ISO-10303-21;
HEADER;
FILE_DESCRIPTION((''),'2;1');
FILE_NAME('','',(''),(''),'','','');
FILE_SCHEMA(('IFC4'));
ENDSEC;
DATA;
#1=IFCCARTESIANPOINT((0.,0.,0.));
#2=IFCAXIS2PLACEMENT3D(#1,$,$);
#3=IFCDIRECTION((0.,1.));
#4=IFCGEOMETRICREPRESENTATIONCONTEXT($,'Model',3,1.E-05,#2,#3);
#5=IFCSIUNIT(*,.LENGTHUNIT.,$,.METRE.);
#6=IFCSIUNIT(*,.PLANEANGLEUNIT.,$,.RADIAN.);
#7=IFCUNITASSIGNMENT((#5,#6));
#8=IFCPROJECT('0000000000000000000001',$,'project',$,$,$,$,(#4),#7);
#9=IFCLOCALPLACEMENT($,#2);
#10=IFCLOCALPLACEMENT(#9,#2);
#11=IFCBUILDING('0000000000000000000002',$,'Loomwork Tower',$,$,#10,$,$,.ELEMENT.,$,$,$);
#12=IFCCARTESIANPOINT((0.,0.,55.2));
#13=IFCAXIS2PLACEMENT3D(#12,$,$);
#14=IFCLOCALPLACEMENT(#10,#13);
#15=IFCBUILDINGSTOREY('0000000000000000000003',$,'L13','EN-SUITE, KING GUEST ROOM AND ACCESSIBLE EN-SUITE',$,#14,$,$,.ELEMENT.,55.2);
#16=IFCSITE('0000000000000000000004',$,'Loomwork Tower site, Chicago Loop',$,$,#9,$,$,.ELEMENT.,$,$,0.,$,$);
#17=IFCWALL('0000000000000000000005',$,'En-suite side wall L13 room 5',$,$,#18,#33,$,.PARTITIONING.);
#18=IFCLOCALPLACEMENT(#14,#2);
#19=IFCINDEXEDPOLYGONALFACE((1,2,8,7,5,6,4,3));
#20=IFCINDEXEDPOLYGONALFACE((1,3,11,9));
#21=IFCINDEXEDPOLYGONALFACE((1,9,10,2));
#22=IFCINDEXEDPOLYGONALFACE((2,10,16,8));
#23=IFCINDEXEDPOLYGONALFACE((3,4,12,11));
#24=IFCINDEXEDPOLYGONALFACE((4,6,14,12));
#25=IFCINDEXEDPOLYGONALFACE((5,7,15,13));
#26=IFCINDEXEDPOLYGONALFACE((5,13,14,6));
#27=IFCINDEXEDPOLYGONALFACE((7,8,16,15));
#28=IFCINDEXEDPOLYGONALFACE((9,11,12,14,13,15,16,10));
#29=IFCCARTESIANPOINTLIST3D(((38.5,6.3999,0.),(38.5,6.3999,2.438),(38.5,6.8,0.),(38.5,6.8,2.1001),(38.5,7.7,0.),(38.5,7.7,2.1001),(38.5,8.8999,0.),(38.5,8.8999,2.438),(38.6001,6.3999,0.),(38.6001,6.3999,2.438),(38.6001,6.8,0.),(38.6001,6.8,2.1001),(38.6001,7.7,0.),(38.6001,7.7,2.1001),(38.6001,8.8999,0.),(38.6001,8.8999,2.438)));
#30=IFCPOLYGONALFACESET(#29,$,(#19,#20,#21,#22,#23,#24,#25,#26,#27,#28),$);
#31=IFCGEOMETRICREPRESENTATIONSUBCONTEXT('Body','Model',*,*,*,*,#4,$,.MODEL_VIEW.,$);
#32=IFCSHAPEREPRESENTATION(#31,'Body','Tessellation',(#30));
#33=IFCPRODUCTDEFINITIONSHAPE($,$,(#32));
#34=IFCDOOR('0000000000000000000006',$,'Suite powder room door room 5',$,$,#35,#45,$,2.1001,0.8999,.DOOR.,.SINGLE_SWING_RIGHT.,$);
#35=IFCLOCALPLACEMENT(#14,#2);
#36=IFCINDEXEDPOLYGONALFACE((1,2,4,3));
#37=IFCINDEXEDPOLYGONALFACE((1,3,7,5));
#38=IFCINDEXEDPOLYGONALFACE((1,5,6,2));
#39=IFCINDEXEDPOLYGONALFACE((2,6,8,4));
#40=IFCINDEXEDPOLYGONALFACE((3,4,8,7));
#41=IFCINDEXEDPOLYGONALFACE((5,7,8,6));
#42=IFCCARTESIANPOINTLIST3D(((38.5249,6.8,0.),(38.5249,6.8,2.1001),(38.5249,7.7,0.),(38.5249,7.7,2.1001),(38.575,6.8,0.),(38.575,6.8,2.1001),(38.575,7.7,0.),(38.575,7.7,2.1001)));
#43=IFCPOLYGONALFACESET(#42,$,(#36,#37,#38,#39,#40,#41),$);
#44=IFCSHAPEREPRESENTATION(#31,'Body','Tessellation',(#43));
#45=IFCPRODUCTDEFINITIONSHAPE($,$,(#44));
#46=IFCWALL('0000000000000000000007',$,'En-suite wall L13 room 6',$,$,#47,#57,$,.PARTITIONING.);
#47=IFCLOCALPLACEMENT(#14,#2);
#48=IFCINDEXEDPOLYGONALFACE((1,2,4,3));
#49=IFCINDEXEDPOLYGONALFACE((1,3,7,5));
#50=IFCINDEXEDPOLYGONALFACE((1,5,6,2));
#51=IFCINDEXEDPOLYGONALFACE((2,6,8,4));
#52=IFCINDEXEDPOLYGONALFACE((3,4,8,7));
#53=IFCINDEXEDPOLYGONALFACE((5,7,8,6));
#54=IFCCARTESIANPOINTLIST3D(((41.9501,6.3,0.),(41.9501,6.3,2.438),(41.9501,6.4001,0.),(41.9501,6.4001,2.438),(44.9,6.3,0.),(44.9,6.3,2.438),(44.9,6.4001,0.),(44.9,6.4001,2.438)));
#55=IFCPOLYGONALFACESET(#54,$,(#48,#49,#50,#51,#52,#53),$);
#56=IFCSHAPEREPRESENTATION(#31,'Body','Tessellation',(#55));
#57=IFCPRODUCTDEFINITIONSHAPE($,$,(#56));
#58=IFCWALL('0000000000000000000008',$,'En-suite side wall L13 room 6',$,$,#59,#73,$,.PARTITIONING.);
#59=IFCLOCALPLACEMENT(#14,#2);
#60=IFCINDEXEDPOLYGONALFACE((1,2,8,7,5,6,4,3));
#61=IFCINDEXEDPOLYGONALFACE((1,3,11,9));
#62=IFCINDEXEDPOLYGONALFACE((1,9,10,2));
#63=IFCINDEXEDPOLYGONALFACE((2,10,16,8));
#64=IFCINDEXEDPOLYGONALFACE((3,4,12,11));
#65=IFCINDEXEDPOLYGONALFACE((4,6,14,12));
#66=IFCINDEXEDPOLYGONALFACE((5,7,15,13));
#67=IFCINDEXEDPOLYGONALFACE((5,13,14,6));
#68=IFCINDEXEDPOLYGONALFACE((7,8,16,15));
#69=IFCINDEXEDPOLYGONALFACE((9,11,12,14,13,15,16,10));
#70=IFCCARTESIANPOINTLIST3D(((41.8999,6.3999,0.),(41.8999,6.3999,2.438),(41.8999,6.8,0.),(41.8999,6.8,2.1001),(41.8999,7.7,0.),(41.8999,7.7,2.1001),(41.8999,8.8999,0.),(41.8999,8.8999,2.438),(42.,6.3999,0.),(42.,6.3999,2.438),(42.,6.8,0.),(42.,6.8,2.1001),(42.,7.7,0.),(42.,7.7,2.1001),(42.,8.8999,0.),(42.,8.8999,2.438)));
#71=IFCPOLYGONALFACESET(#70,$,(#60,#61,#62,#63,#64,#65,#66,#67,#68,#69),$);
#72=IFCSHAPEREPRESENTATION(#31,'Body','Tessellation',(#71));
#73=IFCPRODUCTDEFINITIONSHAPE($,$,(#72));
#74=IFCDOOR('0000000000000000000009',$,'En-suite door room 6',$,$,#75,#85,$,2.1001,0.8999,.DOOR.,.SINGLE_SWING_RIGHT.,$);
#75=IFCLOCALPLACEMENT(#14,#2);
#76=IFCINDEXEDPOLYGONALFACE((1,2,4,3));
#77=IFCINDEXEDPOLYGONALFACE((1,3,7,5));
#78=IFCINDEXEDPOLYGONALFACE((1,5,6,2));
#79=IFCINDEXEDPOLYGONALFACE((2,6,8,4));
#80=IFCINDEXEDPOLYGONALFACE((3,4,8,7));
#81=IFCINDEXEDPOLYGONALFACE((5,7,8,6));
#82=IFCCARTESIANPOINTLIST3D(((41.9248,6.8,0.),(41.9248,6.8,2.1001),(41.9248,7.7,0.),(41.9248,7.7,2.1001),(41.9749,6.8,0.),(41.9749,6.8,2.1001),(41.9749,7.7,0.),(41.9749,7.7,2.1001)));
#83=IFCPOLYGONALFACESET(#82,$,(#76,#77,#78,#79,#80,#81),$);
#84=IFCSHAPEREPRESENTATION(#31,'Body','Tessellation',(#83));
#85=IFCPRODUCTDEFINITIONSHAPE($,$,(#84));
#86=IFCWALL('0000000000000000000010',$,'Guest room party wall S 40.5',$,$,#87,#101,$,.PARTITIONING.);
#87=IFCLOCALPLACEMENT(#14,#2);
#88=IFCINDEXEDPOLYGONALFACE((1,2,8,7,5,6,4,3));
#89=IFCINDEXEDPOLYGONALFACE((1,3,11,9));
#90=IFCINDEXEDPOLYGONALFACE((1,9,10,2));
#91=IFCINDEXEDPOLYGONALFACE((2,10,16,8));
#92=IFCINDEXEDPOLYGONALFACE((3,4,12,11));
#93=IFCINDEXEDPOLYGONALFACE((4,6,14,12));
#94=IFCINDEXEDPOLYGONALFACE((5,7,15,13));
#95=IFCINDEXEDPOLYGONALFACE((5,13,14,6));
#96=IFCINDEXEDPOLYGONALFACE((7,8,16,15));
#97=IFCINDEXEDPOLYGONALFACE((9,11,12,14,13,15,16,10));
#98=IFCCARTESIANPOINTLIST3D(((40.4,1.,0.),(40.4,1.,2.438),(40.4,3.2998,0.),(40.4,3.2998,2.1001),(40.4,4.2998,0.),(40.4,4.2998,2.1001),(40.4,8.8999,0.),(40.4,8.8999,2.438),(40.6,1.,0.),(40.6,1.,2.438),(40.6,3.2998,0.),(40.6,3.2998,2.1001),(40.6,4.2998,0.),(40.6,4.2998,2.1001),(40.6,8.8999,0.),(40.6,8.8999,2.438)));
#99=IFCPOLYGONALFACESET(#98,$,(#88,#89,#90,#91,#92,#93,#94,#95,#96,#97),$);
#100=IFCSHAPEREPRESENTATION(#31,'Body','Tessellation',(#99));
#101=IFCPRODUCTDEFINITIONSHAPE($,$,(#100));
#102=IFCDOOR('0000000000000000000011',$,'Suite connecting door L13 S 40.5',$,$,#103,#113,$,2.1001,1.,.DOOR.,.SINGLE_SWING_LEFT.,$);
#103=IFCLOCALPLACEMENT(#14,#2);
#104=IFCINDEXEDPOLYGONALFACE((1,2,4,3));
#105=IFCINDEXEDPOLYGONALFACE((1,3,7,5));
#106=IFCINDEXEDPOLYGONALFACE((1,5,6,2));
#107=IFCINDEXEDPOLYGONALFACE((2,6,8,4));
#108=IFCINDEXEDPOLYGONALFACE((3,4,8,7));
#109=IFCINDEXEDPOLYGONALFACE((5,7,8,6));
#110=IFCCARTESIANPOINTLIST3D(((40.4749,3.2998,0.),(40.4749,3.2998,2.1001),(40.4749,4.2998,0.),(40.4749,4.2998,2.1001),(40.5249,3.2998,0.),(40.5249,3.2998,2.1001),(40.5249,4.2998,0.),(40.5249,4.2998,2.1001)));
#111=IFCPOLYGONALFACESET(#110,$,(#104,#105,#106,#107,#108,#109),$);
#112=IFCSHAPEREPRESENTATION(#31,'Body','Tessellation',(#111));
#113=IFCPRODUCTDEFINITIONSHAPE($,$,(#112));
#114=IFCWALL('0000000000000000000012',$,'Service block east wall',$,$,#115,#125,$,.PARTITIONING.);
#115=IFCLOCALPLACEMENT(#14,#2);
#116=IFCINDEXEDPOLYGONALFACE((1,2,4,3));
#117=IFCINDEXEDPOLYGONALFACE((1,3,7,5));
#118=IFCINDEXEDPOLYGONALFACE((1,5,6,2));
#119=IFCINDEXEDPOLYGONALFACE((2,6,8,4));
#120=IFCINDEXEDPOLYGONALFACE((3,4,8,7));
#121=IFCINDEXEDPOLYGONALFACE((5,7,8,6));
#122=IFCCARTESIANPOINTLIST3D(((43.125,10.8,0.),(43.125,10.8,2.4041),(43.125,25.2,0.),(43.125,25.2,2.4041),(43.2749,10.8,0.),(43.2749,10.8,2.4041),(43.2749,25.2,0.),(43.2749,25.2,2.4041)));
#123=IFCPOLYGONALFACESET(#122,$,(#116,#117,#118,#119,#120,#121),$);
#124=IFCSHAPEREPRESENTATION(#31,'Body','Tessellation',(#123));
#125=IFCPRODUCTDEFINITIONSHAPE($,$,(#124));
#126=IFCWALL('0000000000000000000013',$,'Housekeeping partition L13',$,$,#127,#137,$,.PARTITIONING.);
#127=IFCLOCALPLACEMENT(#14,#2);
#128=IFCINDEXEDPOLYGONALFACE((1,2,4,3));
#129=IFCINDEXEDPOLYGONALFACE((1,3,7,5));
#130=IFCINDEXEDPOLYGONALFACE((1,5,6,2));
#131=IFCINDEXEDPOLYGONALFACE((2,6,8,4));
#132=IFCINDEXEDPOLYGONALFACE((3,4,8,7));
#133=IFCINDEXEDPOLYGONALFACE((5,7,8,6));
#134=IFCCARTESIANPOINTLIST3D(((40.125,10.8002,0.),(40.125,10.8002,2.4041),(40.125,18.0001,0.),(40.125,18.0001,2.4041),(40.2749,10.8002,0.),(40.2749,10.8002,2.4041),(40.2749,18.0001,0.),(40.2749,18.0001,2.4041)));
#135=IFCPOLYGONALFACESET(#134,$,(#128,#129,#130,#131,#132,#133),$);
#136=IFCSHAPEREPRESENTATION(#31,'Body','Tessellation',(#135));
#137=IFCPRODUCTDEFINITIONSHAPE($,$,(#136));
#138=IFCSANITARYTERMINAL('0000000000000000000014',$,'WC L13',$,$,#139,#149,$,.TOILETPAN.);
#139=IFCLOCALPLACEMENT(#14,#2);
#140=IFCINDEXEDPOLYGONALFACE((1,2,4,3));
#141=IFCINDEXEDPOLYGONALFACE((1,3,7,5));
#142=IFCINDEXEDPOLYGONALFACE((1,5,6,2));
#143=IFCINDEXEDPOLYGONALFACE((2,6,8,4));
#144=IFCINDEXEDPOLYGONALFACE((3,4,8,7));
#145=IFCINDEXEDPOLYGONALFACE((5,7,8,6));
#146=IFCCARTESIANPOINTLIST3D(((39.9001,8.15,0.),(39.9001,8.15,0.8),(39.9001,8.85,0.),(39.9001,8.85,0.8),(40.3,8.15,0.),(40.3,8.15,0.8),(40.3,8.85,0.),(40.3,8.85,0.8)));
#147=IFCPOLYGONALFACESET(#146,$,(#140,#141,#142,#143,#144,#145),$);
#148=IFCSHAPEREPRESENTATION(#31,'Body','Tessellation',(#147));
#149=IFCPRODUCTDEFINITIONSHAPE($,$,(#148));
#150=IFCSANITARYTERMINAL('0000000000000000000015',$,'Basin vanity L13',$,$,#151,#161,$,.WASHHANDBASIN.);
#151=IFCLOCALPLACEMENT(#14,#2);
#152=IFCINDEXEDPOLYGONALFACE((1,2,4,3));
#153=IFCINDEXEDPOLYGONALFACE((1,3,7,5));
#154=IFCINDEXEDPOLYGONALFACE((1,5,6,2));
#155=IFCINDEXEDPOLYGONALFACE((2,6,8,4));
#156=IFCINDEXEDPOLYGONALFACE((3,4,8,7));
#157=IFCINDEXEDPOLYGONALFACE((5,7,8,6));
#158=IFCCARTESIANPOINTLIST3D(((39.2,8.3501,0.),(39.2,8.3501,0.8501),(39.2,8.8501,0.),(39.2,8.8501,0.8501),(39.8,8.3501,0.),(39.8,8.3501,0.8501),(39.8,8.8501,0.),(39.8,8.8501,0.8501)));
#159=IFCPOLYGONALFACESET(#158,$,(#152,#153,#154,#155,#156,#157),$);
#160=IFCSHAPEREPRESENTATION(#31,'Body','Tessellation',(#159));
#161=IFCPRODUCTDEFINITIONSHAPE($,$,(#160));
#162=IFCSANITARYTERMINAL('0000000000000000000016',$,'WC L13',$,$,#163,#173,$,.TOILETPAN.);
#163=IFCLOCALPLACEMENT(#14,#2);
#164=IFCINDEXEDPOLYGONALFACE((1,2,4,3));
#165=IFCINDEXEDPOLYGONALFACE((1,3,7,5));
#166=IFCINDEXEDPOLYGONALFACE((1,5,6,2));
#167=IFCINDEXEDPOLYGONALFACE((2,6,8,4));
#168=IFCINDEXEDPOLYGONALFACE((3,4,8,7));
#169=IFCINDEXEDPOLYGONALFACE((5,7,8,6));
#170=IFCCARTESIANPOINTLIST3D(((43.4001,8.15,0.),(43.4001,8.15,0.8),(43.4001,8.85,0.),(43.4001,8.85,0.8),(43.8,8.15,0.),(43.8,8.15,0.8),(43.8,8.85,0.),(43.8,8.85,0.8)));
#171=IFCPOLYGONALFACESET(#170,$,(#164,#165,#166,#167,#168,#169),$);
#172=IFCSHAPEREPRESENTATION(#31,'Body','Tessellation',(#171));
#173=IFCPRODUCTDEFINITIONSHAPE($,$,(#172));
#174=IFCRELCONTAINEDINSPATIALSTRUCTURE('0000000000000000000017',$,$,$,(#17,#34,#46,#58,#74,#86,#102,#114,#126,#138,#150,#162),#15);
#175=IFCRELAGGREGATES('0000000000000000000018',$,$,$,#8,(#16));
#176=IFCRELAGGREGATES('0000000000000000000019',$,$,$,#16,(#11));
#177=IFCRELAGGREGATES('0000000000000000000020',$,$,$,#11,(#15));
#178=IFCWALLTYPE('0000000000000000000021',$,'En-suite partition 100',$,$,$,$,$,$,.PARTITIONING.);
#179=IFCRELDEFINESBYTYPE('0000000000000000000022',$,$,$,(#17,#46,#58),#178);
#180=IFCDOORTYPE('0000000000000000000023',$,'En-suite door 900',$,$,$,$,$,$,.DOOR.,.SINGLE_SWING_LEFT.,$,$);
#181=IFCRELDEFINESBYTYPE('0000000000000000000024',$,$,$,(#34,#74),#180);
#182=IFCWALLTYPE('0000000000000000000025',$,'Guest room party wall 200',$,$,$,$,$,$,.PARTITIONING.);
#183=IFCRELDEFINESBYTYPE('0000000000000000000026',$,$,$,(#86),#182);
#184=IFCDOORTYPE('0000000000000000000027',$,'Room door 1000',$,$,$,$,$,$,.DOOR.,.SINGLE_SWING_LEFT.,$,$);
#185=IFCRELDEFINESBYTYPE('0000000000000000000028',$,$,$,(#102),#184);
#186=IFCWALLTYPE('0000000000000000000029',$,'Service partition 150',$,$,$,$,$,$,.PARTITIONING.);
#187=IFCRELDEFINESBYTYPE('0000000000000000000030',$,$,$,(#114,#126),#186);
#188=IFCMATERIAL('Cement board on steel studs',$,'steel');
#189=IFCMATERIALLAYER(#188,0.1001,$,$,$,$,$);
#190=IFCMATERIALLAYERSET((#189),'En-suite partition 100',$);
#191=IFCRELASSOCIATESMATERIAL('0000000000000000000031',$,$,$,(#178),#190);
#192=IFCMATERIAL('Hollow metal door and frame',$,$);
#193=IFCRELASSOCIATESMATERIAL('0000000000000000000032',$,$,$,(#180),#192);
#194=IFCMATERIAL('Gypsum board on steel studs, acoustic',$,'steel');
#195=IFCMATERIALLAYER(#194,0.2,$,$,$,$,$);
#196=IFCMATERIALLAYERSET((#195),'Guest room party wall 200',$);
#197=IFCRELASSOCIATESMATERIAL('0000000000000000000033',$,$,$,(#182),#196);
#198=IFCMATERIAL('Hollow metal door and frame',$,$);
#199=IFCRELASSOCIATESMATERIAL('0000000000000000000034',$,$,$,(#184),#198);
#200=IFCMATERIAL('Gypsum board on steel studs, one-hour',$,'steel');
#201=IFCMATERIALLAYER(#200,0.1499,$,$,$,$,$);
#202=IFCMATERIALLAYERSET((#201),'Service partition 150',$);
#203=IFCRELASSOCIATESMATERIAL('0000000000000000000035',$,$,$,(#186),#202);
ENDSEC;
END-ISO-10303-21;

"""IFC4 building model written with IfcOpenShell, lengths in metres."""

from ifc_helpers import new_model, si_unit, direction, frame, frame_2d, origin, origin_2d, place, context, subcontext, project, spatial, rectangle, extrude, material, layer, layer_set, type_object, element, fill, save


model = new_model("IFC4")

# Units and contexts
model_context = context("Model", 3, precision=1e-05, world=origin(), true_north=direction((0.0, 1.0)))
body_context = subcontext(model_context, "Body", "Model", "MODEL_VIEW")
ifc_project = project(units=[si_unit("LENGTHUNIT", "METRE"), si_unit("PLANEANGLEUNIT", "RADIAN")], contexts=[model_context])

# Site, building, storey
site_placement = place(None, origin())
site = spatial("IfcSite", under=ifc_project, at=site_placement, Name="Loomwork Tower site, Chicago Loop", CompositionType="ELEMENT", RefElevation=0.0)
building_placement = place(site_placement, origin())
building = spatial("IfcBuilding", under=site, at=building_placement, Name="Loomwork Tower", CompositionType="ELEMENT")
storey_placement = place(building_placement, frame((0.0, 0.0, 55.2)))
storey = spatial("IfcBuildingStorey", under=building, at=storey_placement, Name="L13", Description="EN-SUITE, KING GUEST ROOM AND ACCESSIBLE EN-SUITE", CompositionType="ELEMENT", Elevation=55.2)

# Shared definitions
ifc_material_1 = material(Name="Cement board on steel studs", Category="steel")
ifc_layer_1 = layer(ifc_material_1, 0.1001)
ifc_layer_set_1 = layer_set([ifc_layer_1], Name="En-suite partition 100")
wall_type_1 = type_object("IfcWallType", Name="En-suite partition 100", PredefinedType="PARTITIONING", material=ifc_layer_set_1)

# Wall, opening, door
wall_1_placement = place(storey_placement, frame((38.55, 8.8999, 0.0), z_axis=(0.0, 0.0, 1.0), x_axis=(0.0, -1.0, 0.0)))
wall_1 = element("IfcWall", 1, at=wall_1_placement, inside=storey, type_object=wall_type_1, Name="En-suite side wall L13 room 5", PredefinedType="PARTITIONING", context=body_context, shape_type="SweptSolid", body=[
    extrude(rectangle(XDim=2.5, YDim=0.1001, at=frame_2d((1.25, 0.0))), origin(), (0.0, 0.0, 1.0), 2.438),
])
opening_1_placement = place(wall_1_placement, frame((1.2, 0.0, 0.0)))
opening_1 = element("IfcOpeningElement", 2, at=opening_1_placement, cuts=wall_1, PredefinedType="OPENING", context=body_context, shape_type="SweptSolid", body=[
    extrude(rectangle(XDim=0.8999, YDim=2.1001, at=frame_2d((0.45, 1.05))), frame((0.0, 0.0601, 0.0), z_axis=(0.0, -1.0, 0.0), x_axis=(1.0, 0.0, 0.0)), (0.0, 0.0, 1.0), 0.1201),
])
ifc_material_2 = material(Name="Hollow metal door and frame")
door_type_1 = type_object("IfcDoorType", Name="En-suite door 900", OperationType="SINGLE_SWING_LEFT", PredefinedType="DOOR", material=ifc_material_2)
door_1_placement = place(opening_1_placement, origin())
door_1 = element("IfcDoor", 3, at=door_1_placement, inside=storey, type_object=door_type_1, Name="Suite powder room door room 5", OperationType="SINGLE_SWING_RIGHT", OverallHeight=2.1001, OverallWidth=0.8999, PredefinedType="DOOR", context=body_context, shape_type="SweptSolid", body=[
    extrude(rectangle(XDim=0.8999, YDim=2.1001, at=frame_2d((0.45, 1.05))), frame((0.0, 0.0249, 0.0), z_axis=(0.0, -1.0, 0.0), x_axis=(1.0, 0.0, 0.0)), (0.0, 0.0, 1.0), 0.05),
])
fill(opening_1, door_1)

# Wall
wall_2_placement = place(storey_placement, frame((41.95, 6.3501, 0.0), z_axis=(0.0, 0.0, 1.0), x_axis=(1.0, 0.0, 0.0)))
element("IfcWall", 4, at=wall_2_placement, inside=storey, type_object=wall_type_1, Name="En-suite wall L13 room 6", PredefinedType="PARTITIONING", context=body_context, shape_type="SweptSolid", body=[
    extrude(rectangle(XDim=2.95, YDim=0.1001, at=frame_2d((1.4751, 0.0))), origin(), (0.0, 0.0, 1.0), 2.438),
])

# Walls, openings, doors
wall_3_placement = place(storey_placement, frame((41.95, 8.8999, 0.0), z_axis=(0.0, 0.0, 1.0), x_axis=(0.0, -1.0, 0.0)))
wall_3 = element("IfcWall", 5, at=wall_3_placement, inside=storey, type_object=wall_type_1, Name="En-suite side wall L13 room 6", PredefinedType="PARTITIONING", context=body_context, shape_type="SweptSolid", body=[
    extrude(rectangle(XDim=2.5, YDim=0.1001, at=frame_2d((1.25, 0.0))), origin(), (0.0, 0.0, 1.0), 2.438),
])
opening_2_placement = place(wall_3_placement, frame((1.2, 0.0, 0.0)))
opening_2 = element("IfcOpeningElement", 6, at=opening_2_placement, cuts=wall_3, PredefinedType="OPENING", context=body_context, shape_type="SweptSolid", body=[
    extrude(rectangle(XDim=0.8999, YDim=2.1001, at=frame_2d((0.45, 1.05))), frame((0.0, 0.0601, 0.0), z_axis=(0.0, -1.0, 0.0), x_axis=(1.0, 0.0, 0.0)), (0.0, 0.0, 1.0), 0.1201),
])
door_2_placement = place(opening_2_placement, origin())
door_2 = element("IfcDoor", 7, at=door_2_placement, inside=storey, type_object=door_type_1, Name="En-suite door room 6", OperationType="SINGLE_SWING_RIGHT", OverallHeight=2.1001, OverallWidth=0.8999, PredefinedType="DOOR", context=body_context, shape_type="SweptSolid", body=[
    extrude(rectangle(XDim=0.8999, YDim=2.1001, at=frame_2d((0.45, 1.05))), frame((0.0, 0.0249, 0.0), z_axis=(0.0, -1.0, 0.0), x_axis=(1.0, 0.0, 0.0)), (0.0, 0.0, 1.0), 0.05),
])
fill(opening_2, door_2)
ifc_material_3 = material(Name="Gypsum board on steel studs, acoustic", Category="steel")
ifc_layer_2 = layer(ifc_material_3, 0.2)
ifc_layer_set_2 = layer_set([ifc_layer_2], Name="Guest room party wall 200")
wall_type_2 = type_object("IfcWallType", Name="Guest room party wall 200", PredefinedType="PARTITIONING", material=ifc_layer_set_2)
wall_4_placement = place(storey_placement, frame((40.5, 8.8999, 0.0), z_axis=(0.0, 0.0, 1.0), x_axis=(0.0, -1.0, 0.0)))
wall_4 = element("IfcWall", 8, at=wall_4_placement, inside=storey, type_object=wall_type_2, Name="Guest room party wall S 40.5", PredefinedType="PARTITIONING", context=body_context, shape_type="SweptSolid", body=[
    extrude(rectangle(XDim=7.8999, YDim=0.2, at=frame_2d((3.95, 0.0))), origin(), (0.0, 0.0, 1.0), 2.438),
])
opening_3_placement = place(wall_4_placement, frame((4.6001, 0.0, 0.0)))
opening_3 = element("IfcOpeningElement", 9, at=opening_3_placement, cuts=wall_4, PredefinedType="OPENING", context=body_context, shape_type="SweptSolid", body=[
    extrude(rectangle(XDim=1.0, YDim=2.1001, at=frame_2d((0.5, 1.05))), frame((0.0, 0.1099, 0.0), z_axis=(0.0, -1.0, 0.0), x_axis=(1.0, 0.0, 0.0)), (0.0, 0.0, 1.0), 0.22),
])
ifc_material_4 = material(Name="Hollow metal door and frame")
door_type_2 = type_object("IfcDoorType", Name="Room door 1000", OperationType="SINGLE_SWING_LEFT", PredefinedType="DOOR", material=ifc_material_4)
door_3_placement = place(opening_3_placement, origin())
door_3 = element("IfcDoor", 10, at=door_3_placement, inside=storey, type_object=door_type_2, Name="Suite connecting door L13 S 40.5", OperationType="SINGLE_SWING_LEFT", OverallHeight=2.1001, OverallWidth=1.0, PredefinedType="DOOR", context=body_context, shape_type="SweptSolid", body=[
    extrude(rectangle(XDim=1.0, YDim=2.1001, at=frame_2d((0.5, 1.05))), frame((0.0, 0.0249, 0.0), z_axis=(0.0, -1.0, 0.0), x_axis=(1.0, 0.0, 0.0)), (0.0, 0.0, 1.0), 0.05),
])
fill(opening_3, door_3)

# Walls
ifc_material_5 = material(Name="Gypsum board on steel studs, one-hour", Category="steel")
ifc_layer_3 = layer(ifc_material_5, 0.1499)
ifc_layer_set_3 = layer_set([ifc_layer_3], Name="Service partition 150")
wall_type_3 = type_object("IfcWallType", Name="Service partition 150", PredefinedType="PARTITIONING", material=ifc_layer_set_3)
wall_5_placement = place(storey_placement, frame((43.2, 10.8, 0.0), z_axis=(0.0, 0.0, 1.0), x_axis=(0.0, 1.0, 0.0)))
element("IfcWall", 11, at=wall_5_placement, inside=storey, type_object=wall_type_3, Name="Service block east wall", PredefinedType="PARTITIONING", context=body_context, shape_type="SweptSolid", body=[
    extrude(rectangle(XDim=14.3999, YDim=0.1499, at=frame_2d((7.2, 0.0))), origin(), (0.0, 0.0, 1.0), 2.4041),
])
wall_6_placement = place(storey_placement, frame((40.2, 10.8, 0.0), z_axis=(0.0, 0.0, 1.0), x_axis=(0.0, 1.0, 0.0)))
element("IfcWall", 12, at=wall_6_placement, inside=storey, type_object=wall_type_3, Name="Housekeeping partition L13", PredefinedType="PARTITIONING", context=body_context, shape_type="SweptSolid", body=[
    extrude(rectangle(XDim=7.2, YDim=0.1499, at=frame_2d((3.6001, 0.0))), origin(), (0.0, 0.0, 1.0), 2.4041),
])

# Sanitary terminals
sanitary_terminal_1_placement = place(storey_placement, frame((40.1001, 8.5, 0.0), z_axis=(0.0, 0.0, 1.0), x_axis=(1.0, 0.0, 0.0)))
element("IfcSanitaryTerminal", 13, at=sanitary_terminal_1_placement, inside=storey, Name="WC L13", PredefinedType="TOILETPAN", context=body_context, shape_type="SweptSolid", body=[
    extrude(rectangle(XDim=0.3999, YDim=0.7, at=origin_2d()), origin(), (0.0, 0.0, 1.0), 0.8),
])
sanitary_terminal_2_placement = place(storey_placement, frame((39.5, 8.6001, 0.0), z_axis=(0.0, 0.0, 1.0), x_axis=(1.0, 0.0, 0.0)))
element("IfcSanitaryTerminal", 14, at=sanitary_terminal_2_placement, inside=storey, Name="Basin vanity L13", PredefinedType="WASHHANDBASIN", context=body_context, shape_type="SweptSolid", body=[
    extrude(rectangle(XDim=0.6001, YDim=0.5, at=origin_2d()), origin(), (0.0, 0.0, 1.0), 0.8501),
])
sanitary_terminal_3_placement = place(storey_placement, frame((43.6001, 8.5, 0.0), z_axis=(0.0, 0.0, 1.0), x_axis=(1.0, 0.0, 0.0)))
element("IfcSanitaryTerminal", 15, at=sanitary_terminal_3_placement, inside=storey, Name="WC L13", PredefinedType="TOILETPAN", context=body_context, shape_type="SweptSolid", body=[
    extrude(rectangle(XDim=0.3999, YDim=0.7, at=origin_2d()), origin(), (0.0, 0.0, 1.0), 0.8),
])

save(model, "model.ifc")
